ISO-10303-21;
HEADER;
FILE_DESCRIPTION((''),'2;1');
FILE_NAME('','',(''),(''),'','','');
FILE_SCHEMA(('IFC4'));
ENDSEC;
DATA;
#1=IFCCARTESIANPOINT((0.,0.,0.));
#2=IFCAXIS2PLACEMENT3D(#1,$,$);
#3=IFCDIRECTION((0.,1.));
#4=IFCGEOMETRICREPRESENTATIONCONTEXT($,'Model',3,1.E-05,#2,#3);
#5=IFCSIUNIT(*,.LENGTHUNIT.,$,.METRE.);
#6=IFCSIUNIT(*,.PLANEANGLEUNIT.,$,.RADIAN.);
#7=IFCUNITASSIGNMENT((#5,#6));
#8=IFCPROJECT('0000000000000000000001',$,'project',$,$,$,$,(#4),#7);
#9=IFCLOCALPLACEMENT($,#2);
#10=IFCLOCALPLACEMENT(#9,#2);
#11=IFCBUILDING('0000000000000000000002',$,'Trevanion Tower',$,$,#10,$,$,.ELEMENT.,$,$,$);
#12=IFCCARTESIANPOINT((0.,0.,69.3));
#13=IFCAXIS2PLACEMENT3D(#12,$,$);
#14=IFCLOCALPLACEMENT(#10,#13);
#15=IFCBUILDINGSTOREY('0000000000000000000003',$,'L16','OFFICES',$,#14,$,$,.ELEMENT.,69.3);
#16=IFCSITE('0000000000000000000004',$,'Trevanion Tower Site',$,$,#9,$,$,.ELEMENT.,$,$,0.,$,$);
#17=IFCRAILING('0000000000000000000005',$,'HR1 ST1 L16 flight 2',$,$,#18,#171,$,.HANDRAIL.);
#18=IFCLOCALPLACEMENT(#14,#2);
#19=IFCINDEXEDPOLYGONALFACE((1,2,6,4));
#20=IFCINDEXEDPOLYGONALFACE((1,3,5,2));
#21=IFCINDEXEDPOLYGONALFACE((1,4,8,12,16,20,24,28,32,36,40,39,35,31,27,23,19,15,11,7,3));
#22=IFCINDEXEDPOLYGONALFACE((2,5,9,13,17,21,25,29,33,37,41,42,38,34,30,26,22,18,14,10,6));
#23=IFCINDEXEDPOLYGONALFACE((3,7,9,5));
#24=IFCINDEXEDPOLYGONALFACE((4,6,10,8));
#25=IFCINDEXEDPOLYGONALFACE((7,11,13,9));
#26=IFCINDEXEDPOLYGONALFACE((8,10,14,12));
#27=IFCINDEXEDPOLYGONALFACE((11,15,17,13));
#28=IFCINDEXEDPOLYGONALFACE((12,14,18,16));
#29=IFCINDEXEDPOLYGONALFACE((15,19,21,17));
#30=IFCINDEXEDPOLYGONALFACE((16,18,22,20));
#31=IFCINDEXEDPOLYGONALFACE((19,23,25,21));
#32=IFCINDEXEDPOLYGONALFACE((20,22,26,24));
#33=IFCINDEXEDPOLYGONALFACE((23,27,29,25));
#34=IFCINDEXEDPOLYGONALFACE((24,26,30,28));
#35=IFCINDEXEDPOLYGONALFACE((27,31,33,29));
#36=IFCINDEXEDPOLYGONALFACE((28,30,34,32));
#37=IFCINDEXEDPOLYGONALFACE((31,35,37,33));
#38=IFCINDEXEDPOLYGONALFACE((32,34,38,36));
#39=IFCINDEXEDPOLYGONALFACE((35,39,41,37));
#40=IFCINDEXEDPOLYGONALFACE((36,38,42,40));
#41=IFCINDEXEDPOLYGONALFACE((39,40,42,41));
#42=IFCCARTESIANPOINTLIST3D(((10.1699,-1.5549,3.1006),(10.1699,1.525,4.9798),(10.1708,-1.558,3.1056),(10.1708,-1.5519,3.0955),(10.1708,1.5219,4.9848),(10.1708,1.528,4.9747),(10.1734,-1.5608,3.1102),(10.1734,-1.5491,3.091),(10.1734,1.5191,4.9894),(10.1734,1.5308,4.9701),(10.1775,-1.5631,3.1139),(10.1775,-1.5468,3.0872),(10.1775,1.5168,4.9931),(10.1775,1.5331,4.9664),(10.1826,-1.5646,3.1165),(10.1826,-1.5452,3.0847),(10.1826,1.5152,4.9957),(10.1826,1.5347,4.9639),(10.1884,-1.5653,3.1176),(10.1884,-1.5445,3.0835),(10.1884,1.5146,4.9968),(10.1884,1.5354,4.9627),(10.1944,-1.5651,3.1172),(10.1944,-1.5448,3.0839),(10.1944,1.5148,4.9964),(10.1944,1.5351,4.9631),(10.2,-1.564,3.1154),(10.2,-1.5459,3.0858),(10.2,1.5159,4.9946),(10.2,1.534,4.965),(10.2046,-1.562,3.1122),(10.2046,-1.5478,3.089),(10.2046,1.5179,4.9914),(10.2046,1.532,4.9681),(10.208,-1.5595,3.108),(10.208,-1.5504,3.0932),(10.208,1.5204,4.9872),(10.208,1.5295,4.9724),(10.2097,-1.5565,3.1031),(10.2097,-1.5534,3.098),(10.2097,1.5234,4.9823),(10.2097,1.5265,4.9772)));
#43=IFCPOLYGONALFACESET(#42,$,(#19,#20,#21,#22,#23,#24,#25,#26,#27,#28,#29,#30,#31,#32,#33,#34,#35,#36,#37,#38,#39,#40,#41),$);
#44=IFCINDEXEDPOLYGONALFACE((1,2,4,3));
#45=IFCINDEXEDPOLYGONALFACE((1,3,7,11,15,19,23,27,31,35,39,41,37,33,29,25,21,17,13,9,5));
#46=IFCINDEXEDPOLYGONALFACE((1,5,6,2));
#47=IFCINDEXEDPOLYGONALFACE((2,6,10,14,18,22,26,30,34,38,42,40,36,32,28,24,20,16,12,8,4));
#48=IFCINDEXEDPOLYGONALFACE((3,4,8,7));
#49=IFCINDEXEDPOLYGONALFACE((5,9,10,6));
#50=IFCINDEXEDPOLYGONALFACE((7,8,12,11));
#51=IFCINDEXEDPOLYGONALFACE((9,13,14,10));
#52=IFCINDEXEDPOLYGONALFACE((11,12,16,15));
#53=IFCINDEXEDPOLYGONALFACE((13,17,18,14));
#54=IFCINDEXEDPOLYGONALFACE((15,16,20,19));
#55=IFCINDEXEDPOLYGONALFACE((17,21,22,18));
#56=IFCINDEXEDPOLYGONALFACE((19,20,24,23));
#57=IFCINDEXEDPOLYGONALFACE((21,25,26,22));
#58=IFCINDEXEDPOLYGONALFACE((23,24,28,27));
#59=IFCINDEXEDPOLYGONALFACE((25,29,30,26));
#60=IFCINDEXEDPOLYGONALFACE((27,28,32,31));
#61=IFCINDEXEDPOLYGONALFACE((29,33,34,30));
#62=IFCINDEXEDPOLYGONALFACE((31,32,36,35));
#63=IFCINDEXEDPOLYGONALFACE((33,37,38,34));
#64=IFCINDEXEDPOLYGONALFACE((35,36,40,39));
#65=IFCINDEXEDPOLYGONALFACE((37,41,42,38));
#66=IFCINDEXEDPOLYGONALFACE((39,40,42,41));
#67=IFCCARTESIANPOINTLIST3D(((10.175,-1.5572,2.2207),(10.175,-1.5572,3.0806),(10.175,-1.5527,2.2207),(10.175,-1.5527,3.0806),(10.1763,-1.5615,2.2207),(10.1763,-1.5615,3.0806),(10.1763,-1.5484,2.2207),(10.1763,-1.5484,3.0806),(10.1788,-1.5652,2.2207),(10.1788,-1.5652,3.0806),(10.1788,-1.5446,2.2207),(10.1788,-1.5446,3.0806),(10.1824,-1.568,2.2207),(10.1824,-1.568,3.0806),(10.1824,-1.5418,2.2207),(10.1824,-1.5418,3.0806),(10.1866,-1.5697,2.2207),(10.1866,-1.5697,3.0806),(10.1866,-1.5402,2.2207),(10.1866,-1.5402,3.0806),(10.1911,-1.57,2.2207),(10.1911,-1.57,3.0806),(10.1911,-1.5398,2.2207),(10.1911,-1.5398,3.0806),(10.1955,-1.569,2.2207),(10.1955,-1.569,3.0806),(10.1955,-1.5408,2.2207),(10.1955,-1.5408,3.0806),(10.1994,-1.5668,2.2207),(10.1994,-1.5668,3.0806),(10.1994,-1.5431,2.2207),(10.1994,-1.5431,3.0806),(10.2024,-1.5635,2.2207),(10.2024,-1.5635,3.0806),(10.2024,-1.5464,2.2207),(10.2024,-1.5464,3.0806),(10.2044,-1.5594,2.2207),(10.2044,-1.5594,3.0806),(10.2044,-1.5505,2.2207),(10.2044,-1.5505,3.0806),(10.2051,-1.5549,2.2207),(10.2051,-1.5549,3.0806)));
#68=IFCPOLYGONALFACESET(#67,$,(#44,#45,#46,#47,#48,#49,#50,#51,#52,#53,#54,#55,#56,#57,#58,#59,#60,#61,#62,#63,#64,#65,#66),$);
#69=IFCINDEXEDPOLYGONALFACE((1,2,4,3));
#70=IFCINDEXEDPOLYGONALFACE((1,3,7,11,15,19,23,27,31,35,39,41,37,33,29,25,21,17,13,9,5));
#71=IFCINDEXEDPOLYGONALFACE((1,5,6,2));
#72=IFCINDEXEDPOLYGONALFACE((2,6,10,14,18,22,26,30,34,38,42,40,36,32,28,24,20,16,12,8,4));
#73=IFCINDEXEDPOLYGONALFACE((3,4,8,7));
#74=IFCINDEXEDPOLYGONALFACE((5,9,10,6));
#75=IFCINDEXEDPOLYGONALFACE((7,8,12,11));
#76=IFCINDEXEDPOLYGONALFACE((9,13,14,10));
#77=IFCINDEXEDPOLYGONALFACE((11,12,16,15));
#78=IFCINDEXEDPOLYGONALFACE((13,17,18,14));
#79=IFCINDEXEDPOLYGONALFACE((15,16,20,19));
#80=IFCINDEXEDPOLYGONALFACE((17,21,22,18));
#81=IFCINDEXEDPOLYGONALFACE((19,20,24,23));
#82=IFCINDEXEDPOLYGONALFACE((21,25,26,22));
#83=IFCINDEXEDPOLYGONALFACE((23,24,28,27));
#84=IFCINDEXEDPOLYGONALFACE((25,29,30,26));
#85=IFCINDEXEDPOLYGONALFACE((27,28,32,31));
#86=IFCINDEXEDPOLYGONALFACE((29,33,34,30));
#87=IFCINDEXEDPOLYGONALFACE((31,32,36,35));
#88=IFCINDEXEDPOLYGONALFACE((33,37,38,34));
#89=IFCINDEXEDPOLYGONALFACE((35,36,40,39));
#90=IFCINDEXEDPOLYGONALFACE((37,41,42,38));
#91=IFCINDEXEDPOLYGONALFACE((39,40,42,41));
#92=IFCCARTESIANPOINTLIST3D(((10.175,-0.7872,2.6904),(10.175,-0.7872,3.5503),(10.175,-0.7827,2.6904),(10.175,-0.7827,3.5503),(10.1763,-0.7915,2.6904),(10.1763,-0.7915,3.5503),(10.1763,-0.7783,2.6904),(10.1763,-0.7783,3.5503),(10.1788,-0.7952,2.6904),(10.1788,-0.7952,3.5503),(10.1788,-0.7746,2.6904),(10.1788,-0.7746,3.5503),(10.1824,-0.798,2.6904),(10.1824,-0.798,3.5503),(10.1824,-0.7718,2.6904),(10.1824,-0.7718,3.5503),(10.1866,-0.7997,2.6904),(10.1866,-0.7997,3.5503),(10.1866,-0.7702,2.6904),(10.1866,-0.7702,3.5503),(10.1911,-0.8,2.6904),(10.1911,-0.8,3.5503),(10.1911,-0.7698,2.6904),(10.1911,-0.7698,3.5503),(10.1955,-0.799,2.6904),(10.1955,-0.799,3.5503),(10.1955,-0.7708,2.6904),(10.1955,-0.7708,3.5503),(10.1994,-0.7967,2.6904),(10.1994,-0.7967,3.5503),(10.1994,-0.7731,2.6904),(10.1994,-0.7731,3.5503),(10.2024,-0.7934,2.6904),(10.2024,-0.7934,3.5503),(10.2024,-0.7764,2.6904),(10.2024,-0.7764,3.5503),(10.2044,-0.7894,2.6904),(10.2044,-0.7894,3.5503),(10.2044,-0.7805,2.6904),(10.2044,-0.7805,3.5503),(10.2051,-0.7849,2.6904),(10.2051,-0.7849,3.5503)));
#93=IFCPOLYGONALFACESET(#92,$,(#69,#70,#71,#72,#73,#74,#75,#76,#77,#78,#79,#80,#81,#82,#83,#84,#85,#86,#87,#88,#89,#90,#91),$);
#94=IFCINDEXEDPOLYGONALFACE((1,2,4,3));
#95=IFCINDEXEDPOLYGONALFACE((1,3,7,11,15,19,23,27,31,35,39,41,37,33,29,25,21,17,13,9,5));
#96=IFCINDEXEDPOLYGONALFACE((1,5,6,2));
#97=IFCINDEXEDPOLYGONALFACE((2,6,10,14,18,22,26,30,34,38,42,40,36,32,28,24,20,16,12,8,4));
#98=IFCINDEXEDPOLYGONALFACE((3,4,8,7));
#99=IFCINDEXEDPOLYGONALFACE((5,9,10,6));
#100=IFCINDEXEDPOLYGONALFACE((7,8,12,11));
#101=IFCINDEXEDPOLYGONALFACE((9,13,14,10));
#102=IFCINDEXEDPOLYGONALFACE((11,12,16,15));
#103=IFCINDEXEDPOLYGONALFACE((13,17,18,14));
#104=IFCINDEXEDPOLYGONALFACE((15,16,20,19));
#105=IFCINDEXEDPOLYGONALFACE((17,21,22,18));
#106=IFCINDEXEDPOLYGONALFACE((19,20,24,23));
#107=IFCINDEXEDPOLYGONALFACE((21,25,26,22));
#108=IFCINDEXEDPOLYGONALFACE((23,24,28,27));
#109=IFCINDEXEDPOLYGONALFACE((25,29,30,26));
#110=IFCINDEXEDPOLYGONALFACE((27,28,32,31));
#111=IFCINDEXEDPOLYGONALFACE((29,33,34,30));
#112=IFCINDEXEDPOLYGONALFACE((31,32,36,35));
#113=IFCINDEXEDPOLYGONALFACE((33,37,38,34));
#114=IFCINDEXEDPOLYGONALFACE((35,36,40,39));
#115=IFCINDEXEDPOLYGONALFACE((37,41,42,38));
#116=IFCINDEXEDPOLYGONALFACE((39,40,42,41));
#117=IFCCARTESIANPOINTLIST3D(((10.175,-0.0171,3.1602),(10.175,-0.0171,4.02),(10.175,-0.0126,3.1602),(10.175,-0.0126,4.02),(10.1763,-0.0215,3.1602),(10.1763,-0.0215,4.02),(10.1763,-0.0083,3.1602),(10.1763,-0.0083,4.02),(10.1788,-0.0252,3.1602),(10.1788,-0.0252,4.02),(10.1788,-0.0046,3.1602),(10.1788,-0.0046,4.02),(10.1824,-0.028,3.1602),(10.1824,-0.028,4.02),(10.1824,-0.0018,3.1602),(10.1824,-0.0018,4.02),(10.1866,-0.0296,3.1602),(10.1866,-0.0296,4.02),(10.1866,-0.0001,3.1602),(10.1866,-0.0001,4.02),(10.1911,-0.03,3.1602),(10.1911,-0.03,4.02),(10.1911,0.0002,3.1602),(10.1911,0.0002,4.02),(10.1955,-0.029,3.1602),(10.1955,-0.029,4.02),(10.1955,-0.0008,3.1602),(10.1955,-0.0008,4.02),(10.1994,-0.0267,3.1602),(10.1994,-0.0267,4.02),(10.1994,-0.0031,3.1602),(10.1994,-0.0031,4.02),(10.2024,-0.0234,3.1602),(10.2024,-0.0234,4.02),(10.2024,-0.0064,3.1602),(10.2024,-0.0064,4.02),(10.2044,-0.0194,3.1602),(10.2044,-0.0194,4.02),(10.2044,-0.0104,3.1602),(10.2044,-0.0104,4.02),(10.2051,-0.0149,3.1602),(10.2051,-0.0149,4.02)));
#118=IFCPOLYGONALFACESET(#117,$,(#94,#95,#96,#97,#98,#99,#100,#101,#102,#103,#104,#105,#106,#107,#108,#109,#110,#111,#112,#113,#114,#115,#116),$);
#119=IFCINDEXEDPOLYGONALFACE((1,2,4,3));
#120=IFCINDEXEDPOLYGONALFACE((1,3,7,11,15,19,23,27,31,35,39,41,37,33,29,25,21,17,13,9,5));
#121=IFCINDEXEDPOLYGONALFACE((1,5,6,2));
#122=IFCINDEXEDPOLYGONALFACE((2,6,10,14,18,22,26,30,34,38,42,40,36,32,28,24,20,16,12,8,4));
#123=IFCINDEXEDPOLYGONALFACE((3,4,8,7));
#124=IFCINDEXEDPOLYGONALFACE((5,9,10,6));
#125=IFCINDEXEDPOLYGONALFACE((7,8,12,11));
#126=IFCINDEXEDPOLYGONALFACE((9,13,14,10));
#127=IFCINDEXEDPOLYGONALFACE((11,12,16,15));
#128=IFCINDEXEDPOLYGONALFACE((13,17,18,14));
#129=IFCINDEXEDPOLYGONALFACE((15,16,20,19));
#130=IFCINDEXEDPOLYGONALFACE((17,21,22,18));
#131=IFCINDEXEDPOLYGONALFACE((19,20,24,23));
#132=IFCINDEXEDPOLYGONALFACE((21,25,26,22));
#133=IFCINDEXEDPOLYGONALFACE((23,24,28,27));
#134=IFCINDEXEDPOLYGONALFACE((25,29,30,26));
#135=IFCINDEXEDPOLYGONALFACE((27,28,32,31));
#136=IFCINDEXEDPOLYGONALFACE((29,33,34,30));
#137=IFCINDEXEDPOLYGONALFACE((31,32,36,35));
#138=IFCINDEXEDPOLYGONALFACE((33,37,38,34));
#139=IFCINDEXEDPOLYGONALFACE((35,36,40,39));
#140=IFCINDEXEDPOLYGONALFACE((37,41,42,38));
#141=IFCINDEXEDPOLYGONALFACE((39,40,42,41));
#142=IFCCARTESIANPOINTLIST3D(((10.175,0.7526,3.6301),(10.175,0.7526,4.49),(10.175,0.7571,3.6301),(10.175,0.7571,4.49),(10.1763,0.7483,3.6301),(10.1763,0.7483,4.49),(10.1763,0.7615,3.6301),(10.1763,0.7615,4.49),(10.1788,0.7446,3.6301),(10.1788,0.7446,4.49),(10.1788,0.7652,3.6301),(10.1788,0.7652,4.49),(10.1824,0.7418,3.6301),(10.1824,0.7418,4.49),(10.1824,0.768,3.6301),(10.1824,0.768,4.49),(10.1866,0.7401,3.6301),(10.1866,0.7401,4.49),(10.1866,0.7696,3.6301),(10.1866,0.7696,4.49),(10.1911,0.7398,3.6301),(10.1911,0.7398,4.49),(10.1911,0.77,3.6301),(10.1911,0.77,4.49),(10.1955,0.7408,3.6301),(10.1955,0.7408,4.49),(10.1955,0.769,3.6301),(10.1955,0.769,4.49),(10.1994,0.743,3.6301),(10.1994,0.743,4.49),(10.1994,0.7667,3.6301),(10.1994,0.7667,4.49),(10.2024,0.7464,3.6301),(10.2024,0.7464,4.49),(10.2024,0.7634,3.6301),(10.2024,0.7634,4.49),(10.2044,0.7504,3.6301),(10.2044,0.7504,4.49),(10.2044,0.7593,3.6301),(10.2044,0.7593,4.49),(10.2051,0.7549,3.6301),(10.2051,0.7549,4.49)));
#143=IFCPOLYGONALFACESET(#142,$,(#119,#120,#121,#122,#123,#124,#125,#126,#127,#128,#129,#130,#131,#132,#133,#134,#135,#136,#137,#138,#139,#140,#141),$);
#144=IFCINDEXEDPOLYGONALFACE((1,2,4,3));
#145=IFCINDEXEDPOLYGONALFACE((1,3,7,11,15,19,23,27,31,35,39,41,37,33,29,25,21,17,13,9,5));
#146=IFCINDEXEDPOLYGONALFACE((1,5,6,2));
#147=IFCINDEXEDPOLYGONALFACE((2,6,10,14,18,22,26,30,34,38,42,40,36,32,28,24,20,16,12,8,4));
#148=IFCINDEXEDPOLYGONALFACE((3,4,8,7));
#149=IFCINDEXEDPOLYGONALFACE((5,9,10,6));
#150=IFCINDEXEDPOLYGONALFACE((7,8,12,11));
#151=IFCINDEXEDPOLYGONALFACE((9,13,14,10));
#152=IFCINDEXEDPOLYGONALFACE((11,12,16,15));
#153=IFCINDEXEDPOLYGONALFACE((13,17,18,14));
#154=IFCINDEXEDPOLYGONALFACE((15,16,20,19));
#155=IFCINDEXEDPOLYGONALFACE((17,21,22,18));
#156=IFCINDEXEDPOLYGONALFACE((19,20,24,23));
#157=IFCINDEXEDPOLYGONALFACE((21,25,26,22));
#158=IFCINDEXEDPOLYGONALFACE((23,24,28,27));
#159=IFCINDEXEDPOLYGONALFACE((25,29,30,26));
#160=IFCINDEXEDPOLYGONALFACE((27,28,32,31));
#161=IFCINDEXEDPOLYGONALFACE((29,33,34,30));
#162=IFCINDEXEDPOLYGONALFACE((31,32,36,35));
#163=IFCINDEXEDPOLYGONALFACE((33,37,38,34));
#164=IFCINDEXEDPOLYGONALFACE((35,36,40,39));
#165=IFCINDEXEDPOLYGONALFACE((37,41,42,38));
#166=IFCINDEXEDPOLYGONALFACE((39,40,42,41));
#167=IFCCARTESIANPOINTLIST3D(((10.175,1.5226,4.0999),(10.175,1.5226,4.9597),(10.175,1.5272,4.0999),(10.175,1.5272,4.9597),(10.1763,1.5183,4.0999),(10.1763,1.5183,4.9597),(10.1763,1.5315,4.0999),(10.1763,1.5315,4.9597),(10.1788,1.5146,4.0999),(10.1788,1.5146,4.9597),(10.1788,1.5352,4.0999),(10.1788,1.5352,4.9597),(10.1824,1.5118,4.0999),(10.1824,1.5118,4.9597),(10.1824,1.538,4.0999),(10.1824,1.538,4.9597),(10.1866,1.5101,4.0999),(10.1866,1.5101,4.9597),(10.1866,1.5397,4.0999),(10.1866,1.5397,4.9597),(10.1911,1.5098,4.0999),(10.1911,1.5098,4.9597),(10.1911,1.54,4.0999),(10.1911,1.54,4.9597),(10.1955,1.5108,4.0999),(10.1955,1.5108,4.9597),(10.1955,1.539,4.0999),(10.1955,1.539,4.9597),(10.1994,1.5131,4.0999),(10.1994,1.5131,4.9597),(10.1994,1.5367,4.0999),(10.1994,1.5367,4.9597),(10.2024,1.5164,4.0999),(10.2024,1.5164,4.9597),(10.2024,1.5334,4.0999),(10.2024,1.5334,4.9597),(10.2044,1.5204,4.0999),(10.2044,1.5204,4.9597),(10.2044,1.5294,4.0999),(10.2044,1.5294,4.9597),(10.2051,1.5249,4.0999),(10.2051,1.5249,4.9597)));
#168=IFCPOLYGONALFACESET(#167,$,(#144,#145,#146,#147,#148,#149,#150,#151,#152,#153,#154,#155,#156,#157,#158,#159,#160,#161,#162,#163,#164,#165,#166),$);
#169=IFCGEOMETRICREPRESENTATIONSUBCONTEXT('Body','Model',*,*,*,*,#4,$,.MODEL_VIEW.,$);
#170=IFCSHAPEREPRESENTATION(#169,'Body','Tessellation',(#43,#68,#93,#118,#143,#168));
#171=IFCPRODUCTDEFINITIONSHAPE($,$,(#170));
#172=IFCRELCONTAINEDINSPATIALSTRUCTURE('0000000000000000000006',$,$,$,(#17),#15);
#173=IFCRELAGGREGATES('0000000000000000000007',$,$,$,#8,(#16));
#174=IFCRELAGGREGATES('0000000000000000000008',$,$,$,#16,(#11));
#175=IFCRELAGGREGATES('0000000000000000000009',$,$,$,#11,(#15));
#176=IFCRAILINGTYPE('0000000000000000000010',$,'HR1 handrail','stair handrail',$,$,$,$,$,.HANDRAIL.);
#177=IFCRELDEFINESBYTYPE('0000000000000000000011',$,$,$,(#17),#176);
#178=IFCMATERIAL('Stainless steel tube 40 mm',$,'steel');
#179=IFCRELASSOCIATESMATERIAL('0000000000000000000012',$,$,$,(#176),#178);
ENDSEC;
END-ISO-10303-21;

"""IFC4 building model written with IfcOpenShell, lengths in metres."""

from ifc_helpers import new_model, si_unit, direction, frame, origin, origin_2d, place, context, subcontext, project, spatial, circle, extrude, material, type_object, element, save


model = new_model("IFC4")

# Units and contexts
model_context = context("Model", 3, precision=1e-05, world=origin(), true_north=direction((0.0, 1.0)))
body_context = subcontext(model_context, "Body", "Model", "MODEL_VIEW")
ifc_project = project(units=[si_unit("LENGTHUNIT", "METRE"), si_unit("PLANEANGLEUNIT", "RADIAN")], contexts=[model_context])

# Site, building, storey
site_placement = place(None, origin())
site = spatial("IfcSite", under=ifc_project, at=site_placement, Name="Trevanion Tower Site", CompositionType="ELEMENT", RefElevation=0.0)
building_placement = place(site_placement, origin())
building = spatial("IfcBuilding", under=site, at=building_placement, Name="Trevanion Tower", CompositionType="ELEMENT")
storey_placement = place(building_placement, frame((0.0, 0.0, 69.3)))
storey = spatial("IfcBuildingStorey", under=building, at=storey_placement, Name="L16", Description="OFFICES", CompositionType="ELEMENT", Elevation=69.3)

# Railing
ifc_material_1 = material(Name="Stainless steel tube 40 mm", Category="steel")
railing_type = type_object("IfcRailingType", Name="HR1 handrail", Description="stair handrail", PredefinedType="HANDRAIL", material=ifc_material_1)
for number, where, name in (
    (1, (10.1899, -1.5549, 2.2207), "HR1 ST1 L16 flight 2"),
):
    element("IfcRailing", number, at=place(storey_placement, frame(where)), inside=storey, type_object=railing_type, Name=name, PredefinedType="HANDRAIL", context=body_context, shape_type="SweptSolid", body=[
        extrude(circle(Radius=0.02, at=origin_2d()), frame((0.0, 0.0, 0.8799), z_axis=(0.0, 0.853648, 0.52085), x_axis=(-1.0, 0.0, 0.0)), (0.0, 0.0, 1.0), 3.6079),
        extrude(circle(Radius=0.0151, at=origin_2d()), origin(), (0.0, 0.0, 1.0), 0.8599),
        extrude(circle(Radius=0.0151, at=origin_2d()), frame((0.0, 0.77, 0.4697)), (0.0, 0.0, 1.0), 0.8599),
        extrude(circle(Radius=0.0151, at=origin_2d()), frame((0.0, 1.54, 0.9395)), (0.0, 0.0, 1.0), 0.8599),
        extrude(circle(Radius=0.0151, at=origin_2d()), frame((0.0, 2.3098, 1.4094)), (0.0, 0.0, 1.0), 0.8599),
        extrude(circle(Radius=0.0151, at=origin_2d()), frame((0.0, 3.0798, 1.8792)), (0.0, 0.0, 1.0), 0.8599),
    ])

save(model, "model.ifc")
